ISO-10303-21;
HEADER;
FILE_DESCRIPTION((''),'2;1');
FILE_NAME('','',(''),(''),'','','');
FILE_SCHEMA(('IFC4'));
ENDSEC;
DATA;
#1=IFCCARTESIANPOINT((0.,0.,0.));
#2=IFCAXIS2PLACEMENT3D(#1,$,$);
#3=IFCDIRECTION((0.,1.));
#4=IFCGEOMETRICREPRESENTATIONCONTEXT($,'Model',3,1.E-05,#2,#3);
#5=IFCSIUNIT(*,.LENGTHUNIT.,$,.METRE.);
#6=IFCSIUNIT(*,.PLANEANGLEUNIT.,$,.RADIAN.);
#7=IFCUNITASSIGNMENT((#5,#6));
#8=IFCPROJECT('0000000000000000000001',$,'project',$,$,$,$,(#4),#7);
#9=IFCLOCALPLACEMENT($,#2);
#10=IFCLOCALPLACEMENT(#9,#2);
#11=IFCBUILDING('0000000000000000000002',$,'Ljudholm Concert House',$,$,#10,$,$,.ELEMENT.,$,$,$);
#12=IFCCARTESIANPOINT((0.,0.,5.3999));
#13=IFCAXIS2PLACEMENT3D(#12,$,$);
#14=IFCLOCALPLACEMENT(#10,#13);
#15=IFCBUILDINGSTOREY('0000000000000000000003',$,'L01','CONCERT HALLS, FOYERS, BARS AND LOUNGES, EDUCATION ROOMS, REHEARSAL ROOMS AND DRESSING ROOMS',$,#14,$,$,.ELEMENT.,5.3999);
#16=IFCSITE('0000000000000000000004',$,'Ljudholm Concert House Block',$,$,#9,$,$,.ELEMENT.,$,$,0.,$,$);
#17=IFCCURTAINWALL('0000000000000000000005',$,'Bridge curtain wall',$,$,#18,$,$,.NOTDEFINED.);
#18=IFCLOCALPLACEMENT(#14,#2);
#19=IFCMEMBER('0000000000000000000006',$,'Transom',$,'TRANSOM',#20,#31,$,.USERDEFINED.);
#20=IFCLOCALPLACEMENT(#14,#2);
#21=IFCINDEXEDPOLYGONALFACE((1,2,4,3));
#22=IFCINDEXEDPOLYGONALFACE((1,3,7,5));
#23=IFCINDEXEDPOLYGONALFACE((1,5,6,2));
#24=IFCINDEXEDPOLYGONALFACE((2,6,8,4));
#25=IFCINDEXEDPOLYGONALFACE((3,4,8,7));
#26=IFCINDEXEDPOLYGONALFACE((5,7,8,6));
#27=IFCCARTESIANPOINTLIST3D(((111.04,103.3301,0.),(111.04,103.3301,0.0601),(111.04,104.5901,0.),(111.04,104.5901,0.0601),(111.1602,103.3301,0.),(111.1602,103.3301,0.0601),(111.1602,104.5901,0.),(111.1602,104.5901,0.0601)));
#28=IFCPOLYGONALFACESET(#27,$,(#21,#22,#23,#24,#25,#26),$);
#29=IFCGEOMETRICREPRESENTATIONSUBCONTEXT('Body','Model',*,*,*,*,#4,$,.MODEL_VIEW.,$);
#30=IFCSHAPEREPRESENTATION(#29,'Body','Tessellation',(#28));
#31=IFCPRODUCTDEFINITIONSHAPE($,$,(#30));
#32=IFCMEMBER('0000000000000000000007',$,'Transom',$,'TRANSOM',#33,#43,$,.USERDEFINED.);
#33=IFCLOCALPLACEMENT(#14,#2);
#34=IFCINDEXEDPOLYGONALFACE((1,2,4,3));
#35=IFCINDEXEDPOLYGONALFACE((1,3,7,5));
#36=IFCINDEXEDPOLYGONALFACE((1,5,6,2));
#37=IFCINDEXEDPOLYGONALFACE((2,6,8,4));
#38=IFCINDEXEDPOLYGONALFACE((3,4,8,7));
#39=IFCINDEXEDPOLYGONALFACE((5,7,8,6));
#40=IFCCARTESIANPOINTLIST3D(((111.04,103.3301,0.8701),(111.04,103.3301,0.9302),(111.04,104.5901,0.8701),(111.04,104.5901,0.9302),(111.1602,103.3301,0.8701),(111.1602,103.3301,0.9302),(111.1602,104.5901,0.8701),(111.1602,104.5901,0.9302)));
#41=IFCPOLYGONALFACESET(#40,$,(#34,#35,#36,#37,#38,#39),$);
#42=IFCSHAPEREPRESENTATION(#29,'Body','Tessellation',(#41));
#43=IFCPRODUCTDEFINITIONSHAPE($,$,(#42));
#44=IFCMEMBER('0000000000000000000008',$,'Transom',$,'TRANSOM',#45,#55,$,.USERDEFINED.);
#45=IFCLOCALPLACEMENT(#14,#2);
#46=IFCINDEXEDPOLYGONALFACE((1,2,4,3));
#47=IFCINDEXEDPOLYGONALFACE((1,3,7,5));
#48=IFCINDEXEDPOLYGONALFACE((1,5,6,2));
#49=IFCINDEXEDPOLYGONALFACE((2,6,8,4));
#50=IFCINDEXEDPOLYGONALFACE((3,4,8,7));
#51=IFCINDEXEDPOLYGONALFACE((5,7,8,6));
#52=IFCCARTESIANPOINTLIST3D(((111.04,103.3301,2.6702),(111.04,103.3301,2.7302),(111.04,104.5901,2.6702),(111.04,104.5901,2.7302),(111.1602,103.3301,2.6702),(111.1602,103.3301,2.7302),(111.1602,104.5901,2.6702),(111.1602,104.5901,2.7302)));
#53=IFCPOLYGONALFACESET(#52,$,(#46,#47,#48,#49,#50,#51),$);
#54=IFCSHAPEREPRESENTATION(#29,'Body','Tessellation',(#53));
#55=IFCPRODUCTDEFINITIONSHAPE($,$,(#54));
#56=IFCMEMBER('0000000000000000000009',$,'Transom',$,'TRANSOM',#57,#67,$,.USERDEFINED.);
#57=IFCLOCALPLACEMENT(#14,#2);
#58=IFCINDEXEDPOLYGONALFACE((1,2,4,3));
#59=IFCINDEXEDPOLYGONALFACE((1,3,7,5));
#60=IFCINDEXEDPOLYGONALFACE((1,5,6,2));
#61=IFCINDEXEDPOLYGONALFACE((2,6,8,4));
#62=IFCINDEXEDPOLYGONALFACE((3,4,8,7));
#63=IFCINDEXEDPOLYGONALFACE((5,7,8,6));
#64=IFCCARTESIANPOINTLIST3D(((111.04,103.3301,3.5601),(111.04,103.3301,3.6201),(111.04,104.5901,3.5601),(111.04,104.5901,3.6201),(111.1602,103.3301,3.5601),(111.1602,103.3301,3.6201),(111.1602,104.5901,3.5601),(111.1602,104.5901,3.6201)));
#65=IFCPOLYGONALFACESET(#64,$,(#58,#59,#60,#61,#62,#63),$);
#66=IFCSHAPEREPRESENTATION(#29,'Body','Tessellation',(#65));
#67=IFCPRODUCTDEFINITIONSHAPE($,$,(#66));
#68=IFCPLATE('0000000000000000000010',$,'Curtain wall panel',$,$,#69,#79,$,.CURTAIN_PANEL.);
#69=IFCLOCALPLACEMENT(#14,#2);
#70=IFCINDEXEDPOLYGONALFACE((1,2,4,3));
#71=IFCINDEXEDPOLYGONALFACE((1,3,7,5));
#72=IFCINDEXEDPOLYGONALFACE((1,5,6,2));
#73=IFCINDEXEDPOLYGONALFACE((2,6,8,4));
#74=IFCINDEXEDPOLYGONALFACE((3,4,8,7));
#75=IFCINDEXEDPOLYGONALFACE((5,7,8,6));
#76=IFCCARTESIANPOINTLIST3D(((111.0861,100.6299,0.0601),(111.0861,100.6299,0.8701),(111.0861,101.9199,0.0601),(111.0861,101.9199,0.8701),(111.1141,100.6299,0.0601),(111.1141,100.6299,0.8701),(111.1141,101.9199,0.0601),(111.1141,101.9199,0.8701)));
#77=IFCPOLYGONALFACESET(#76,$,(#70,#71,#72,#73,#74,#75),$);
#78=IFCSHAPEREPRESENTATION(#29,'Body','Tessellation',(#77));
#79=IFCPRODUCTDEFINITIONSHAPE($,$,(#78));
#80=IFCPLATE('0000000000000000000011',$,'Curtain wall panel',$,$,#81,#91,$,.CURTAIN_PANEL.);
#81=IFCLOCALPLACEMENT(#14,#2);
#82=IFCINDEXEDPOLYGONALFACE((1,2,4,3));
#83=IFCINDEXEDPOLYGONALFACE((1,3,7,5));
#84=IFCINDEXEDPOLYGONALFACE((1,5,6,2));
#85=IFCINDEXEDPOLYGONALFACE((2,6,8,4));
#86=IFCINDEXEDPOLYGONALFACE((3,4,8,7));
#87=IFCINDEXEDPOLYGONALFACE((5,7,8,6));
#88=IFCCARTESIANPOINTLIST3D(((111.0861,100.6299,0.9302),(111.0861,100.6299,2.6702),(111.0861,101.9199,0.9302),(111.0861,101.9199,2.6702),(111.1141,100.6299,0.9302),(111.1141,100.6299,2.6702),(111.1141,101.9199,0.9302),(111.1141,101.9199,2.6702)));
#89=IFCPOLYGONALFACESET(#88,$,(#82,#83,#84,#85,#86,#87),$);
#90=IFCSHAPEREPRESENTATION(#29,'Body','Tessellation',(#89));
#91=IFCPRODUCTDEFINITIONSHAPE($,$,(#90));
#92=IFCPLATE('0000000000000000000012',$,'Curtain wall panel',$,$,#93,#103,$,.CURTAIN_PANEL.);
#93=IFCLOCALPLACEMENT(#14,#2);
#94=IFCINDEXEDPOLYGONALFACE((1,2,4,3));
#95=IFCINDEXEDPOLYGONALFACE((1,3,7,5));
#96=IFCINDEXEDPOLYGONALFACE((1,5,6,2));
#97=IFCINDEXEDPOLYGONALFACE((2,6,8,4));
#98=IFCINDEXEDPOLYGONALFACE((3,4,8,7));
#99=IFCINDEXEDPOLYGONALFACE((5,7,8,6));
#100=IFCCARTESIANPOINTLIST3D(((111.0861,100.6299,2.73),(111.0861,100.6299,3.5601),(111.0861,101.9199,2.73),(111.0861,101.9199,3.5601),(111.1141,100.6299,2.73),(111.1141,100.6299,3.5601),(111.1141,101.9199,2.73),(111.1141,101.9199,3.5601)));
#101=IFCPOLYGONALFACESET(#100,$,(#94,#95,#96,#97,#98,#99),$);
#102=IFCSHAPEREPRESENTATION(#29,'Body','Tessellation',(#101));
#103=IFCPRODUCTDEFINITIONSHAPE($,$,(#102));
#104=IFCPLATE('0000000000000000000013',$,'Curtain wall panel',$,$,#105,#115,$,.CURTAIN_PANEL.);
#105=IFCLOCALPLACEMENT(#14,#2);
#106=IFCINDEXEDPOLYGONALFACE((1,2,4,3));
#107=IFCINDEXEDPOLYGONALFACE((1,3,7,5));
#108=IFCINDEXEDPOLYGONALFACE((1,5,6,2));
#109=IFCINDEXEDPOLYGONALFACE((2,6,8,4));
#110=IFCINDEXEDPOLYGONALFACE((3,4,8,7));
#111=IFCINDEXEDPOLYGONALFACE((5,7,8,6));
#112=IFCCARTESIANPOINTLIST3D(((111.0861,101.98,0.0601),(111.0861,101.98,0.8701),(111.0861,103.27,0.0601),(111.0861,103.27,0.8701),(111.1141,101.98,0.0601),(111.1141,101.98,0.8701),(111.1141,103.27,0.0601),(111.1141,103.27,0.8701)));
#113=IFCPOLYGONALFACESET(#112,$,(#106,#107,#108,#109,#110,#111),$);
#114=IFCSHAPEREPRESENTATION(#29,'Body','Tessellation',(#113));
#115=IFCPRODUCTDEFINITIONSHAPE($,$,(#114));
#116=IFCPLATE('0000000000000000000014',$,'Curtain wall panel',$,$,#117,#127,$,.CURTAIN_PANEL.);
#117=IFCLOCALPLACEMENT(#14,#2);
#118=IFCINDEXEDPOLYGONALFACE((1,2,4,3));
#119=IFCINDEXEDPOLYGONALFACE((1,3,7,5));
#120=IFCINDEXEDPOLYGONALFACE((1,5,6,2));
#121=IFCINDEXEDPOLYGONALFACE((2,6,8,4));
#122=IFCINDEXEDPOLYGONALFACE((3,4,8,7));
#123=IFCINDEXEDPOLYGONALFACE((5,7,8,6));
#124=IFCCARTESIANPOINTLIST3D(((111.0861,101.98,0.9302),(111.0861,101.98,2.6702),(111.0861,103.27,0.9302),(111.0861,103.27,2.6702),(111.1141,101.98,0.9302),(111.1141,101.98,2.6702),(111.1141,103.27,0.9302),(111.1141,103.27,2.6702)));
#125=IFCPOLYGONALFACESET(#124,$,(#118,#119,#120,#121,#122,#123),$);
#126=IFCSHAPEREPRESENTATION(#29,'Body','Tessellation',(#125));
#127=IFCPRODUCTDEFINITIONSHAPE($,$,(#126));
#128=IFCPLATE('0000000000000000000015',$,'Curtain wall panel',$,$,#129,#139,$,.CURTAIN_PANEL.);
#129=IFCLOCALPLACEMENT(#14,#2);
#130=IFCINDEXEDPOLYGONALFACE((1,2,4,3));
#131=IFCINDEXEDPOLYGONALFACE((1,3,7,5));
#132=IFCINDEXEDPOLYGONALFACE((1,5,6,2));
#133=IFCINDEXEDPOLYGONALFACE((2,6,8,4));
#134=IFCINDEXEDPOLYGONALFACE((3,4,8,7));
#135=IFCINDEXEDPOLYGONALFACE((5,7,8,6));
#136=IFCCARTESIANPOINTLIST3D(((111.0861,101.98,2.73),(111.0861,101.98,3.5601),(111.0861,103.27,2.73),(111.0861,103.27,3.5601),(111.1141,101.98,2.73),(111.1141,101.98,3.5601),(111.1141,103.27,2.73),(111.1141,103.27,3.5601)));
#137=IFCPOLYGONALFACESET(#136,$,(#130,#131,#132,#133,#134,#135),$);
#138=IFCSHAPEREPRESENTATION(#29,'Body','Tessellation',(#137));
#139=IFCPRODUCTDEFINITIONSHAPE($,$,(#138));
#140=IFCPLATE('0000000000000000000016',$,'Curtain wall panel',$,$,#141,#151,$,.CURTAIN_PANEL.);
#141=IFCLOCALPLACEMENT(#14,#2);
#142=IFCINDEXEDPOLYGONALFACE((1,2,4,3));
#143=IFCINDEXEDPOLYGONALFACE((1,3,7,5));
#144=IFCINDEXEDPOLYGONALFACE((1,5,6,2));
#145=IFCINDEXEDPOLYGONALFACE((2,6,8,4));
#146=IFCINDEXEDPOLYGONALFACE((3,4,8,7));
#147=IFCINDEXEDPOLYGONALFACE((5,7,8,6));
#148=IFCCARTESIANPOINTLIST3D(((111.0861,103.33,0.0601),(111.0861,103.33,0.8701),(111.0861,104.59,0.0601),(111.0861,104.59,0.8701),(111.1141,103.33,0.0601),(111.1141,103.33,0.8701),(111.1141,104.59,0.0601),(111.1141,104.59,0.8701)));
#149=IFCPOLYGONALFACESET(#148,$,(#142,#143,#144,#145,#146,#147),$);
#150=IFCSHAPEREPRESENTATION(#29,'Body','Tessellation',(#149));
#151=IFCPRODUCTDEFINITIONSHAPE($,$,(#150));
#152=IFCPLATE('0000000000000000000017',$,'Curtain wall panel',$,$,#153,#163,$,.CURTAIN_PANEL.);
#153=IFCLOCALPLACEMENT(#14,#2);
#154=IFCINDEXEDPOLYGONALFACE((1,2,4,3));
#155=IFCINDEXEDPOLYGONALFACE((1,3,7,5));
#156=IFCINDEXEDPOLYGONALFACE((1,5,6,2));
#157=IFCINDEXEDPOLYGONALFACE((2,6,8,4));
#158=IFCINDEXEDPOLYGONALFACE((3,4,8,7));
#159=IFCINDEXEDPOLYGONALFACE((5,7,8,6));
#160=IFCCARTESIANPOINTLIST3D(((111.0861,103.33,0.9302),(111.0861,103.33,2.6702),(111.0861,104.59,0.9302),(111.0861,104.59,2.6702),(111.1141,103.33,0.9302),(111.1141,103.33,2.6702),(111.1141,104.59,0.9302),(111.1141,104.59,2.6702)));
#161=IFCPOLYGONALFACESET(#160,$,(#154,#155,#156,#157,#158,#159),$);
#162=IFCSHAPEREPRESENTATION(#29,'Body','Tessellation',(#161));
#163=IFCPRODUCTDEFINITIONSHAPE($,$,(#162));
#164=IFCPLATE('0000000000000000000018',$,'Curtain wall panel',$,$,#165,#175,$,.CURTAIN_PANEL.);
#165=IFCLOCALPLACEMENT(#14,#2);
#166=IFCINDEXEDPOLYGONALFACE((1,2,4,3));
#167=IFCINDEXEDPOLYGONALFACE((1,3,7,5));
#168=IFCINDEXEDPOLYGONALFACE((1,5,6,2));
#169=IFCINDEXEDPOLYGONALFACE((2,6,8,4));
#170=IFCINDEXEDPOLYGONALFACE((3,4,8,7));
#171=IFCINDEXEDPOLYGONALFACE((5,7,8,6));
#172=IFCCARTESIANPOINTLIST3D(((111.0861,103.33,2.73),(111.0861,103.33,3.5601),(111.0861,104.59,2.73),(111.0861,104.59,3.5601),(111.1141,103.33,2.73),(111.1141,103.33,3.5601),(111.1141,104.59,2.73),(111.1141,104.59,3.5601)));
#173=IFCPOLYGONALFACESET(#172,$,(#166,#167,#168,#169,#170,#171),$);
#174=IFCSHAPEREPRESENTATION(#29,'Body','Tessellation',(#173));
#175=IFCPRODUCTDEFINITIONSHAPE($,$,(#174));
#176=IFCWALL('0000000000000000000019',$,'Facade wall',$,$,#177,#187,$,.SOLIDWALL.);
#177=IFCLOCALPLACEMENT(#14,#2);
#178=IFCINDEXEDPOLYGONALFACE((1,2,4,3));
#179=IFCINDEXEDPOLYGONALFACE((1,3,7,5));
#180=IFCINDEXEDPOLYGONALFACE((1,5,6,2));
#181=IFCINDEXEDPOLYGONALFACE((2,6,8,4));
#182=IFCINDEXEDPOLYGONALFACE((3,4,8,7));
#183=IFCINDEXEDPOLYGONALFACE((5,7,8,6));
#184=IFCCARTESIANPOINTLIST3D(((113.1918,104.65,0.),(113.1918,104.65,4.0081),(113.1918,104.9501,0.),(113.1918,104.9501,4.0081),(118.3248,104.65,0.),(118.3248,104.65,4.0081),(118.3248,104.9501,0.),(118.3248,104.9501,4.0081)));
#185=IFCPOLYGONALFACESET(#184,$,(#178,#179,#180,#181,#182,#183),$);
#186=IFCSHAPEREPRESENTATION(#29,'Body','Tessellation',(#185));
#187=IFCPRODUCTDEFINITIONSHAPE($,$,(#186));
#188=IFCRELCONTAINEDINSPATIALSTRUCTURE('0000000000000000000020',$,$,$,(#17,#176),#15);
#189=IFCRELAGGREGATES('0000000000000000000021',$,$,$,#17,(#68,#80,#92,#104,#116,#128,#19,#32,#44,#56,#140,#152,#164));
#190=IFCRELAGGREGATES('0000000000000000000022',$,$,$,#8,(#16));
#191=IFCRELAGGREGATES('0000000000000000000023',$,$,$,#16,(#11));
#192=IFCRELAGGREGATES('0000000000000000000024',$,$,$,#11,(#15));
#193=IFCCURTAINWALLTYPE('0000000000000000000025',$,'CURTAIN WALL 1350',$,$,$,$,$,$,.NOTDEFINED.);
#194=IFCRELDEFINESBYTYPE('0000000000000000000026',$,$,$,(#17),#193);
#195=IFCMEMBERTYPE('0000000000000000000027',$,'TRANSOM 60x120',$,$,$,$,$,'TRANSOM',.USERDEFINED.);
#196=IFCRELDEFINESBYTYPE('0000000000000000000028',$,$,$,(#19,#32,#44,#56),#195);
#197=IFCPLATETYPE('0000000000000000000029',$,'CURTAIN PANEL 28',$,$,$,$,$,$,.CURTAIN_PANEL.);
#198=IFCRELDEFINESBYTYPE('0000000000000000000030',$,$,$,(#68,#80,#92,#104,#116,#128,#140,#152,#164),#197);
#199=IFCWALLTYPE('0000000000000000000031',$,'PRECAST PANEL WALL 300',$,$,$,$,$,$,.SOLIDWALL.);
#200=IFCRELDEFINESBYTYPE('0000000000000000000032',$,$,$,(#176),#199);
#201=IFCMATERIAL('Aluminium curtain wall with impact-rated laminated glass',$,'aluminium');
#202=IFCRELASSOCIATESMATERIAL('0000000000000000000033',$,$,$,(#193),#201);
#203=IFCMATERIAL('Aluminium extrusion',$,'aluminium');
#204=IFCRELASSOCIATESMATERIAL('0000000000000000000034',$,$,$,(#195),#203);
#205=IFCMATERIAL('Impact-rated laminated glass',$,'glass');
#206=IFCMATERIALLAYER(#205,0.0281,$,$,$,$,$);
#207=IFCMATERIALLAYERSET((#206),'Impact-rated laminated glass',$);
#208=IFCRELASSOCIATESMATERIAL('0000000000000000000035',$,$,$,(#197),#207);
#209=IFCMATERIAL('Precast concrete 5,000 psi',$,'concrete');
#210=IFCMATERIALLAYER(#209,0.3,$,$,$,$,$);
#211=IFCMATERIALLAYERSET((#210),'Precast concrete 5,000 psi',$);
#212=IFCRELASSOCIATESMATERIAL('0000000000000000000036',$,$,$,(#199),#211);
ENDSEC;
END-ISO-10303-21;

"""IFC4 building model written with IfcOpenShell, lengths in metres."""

from ifc_helpers import new_model, si_unit, direction, frame, frame_2d, origin, origin_2d, place, context, subcontext, project, spatial, rectangle, extrude, material, layer, layer_set, material_profile, profile_set, type_object, element, aggregate, save


model = new_model("IFC4")

# Units and contexts
model_context = context("Model", 3, precision=1e-05, world=origin(), true_north=direction((0.0, 1.0)))
body_context = subcontext(model_context, "Body", "Model", "MODEL_VIEW")
ifc_project = project(units=[si_unit("LENGTHUNIT", "METRE"), si_unit("PLANEANGLEUNIT", "RADIAN")], contexts=[model_context])

# Site, building, storey
site_placement = place(None, origin())
site = spatial("IfcSite", under=ifc_project, at=site_placement, Name="Ljudholm Concert House Block", CompositionType="ELEMENT", RefElevation=0.0)
building_placement = place(site_placement, origin())
building = spatial("IfcBuilding", under=site, at=building_placement, Name="Ljudholm Concert House", CompositionType="ELEMENT")
storey_placement = place(building_placement, frame((0.0, 0.0, 5.3999)))
storey = spatial("IfcBuildingStorey", under=building, at=storey_placement, Name="L01", Description="CONCERT HALLS, FOYERS, BARS AND LOUNGES, EDUCATION ROOMS, REHEARSAL ROOMS AND DRESSING ROOMS", CompositionType="ELEMENT", Elevation=5.3999)

# Curtain wall, members, plates
ifc_material_1 = material(Name="Aluminium curtain wall with impact-rated laminated glass", Category="aluminium")
curtain_wall_type = type_object("IfcCurtainWallType", Name="CURTAIN WALL 1350", PredefinedType="NOTDEFINED", material=ifc_material_1)
curtain_wall_placement = place(storey_placement, origin())
curtain_wall = element("IfcCurtainWall", 1, at=curtain_wall_placement, inside=storey, type_object=curtain_wall_type, Name="Bridge curtain wall", PredefinedType="NOTDEFINED")
ifc_material_2 = material(Name="Aluminium extrusion", Category="aluminium")
ifc_material_profile_1 = material_profile(ifc_material_2, rectangle(XDim=0.1201, YDim=0.0601, at=origin_2d()), Name="TRANSOM 60x120")
ifc_profile_set_1 = profile_set([ifc_material_profile_1], Name="Aluminium extrusion")
member_type_1 = type_object("IfcMemberType", Name="TRANSOM 60x120", ElementType="TRANSOM", PredefinedType="USERDEFINED", material=ifc_profile_set_1)
member_1_placement = place(storey_placement, frame((111.1001, 103.3301, 0.03), z_axis=(0.0, 1.0, 0.0), x_axis=(-1.0, 0.0, 0.0)))
member_1 = element("IfcMember", 2, at=member_1_placement, type_object=member_type_1, Name="Transom", ObjectType="TRANSOM", PredefinedType="USERDEFINED", context=body_context, shape_type="SweptSolid", body=[
    extrude(rectangle(XDim=0.1201, YDim=0.0601, at=origin_2d()), origin(), (0.0, 0.0, 1.0), 1.26),
])
member_2_placement = place(storey_placement, frame((111.1001, 103.3301, 0.9001), z_axis=(0.0, 1.0, 0.0), x_axis=(-1.0, 0.0, 0.0)))
member_2 = element("IfcMember", 3, at=member_2_placement, type_object=member_type_1, Name="Transom", ObjectType="TRANSOM", PredefinedType="USERDEFINED", context=body_context, shape_type="SweptSolid", body=[
    extrude(rectangle(XDim=0.1201, YDim=0.0601, at=origin_2d()), origin(), (0.0, 0.0, 1.0), 1.26),
])
member_3_placement = place(storey_placement, frame((111.1001, 103.3301, 2.7002), z_axis=(0.0, 1.0, 0.0), x_axis=(-1.0, 0.0, 0.0)))
member_3 = element("IfcMember", 4, at=member_3_placement, type_object=member_type_1, Name="Transom", ObjectType="TRANSOM", PredefinedType="USERDEFINED", context=body_context, shape_type="SweptSolid", body=[
    extrude(rectangle(XDim=0.1201, YDim=0.0601, at=origin_2d()), origin(), (0.0, 0.0, 1.0), 1.26),
])
member_4_placement = place(storey_placement, frame((111.1001, 103.3301, 3.5901), z_axis=(0.0, 1.0, 0.0), x_axis=(-1.0, 0.0, 0.0)))
member_4 = element("IfcMember", 5, at=member_4_placement, type_object=member_type_1, Name="Transom", ObjectType="TRANSOM", PredefinedType="USERDEFINED", context=body_context, shape_type="SweptSolid", body=[
    extrude(rectangle(XDim=0.1201, YDim=0.0601, at=origin_2d()), origin(), (0.0, 0.0, 1.0), 1.26),
])
ifc_material_3 = material(Name="Impact-rated laminated glass", Category="glass")
ifc_layer_1 = layer(ifc_material_3, 0.0281)
ifc_layer_set_1 = layer_set([ifc_layer_1], Name="Impact-rated laminated glass")
plate_type = type_object("IfcPlateType", Name="CURTAIN PANEL 28", PredefinedType="CURTAIN_PANEL", material=ifc_layer_set_1)
plate_1_placement = place(storey_placement, frame((111.1001, 101.2749, 0.0601), z_axis=(0.0, 0.0, 1.0), x_axis=(0.0, 1.0, 0.0)))
plate_1 = element("IfcPlate", 6, at=plate_1_placement, type_object=plate_type, Name="Curtain wall panel", PredefinedType="CURTAIN_PANEL", context=body_context, shape_type="SweptSolid", body=[
    extrude(rectangle(XDim=1.29, YDim=0.0281, at=origin_2d()), origin(), (0.0, 0.0, 1.0), 0.8101),
])
plate_2_placement = place(storey_placement, frame((111.1001, 101.2749, 0.9302), z_axis=(0.0, 0.0, 1.0), x_axis=(0.0, 1.0, 0.0)))
plate_2 = element("IfcPlate", 7, at=plate_2_placement, type_object=plate_type, Name="Curtain wall panel", PredefinedType="CURTAIN_PANEL", context=body_context, shape_type="SweptSolid", body=[
    extrude(rectangle(XDim=1.29, YDim=0.0281, at=origin_2d()), origin(), (0.0, 0.0, 1.0), 1.74),
])
plate_3_placement = place(storey_placement, frame((111.1001, 101.2749, 2.73), z_axis=(0.0, 0.0, 1.0), x_axis=(0.0, 1.0, 0.0)))
plate_3 = element("IfcPlate", 8, at=plate_3_placement, type_object=plate_type, Name="Curtain wall panel", PredefinedType="CURTAIN_PANEL", context=body_context, shape_type="SweptSolid", body=[
    extrude(rectangle(XDim=1.29, YDim=0.0281, at=origin_2d()), origin(), (0.0, 0.0, 1.0), 0.8301),
])
plate_4_placement = place(storey_placement, frame((111.1001, 102.625, 0.0601), z_axis=(0.0, 0.0, 1.0), x_axis=(0.0, 1.0, 0.0)))
plate_4 = element("IfcPlate", 9, at=plate_4_placement, type_object=plate_type, Name="Curtain wall panel", PredefinedType="CURTAIN_PANEL", context=body_context, shape_type="SweptSolid", body=[
    extrude(rectangle(XDim=1.29, YDim=0.0281, at=origin_2d()), origin(), (0.0, 0.0, 1.0), 0.8101),
])
plate_5_placement = place(storey_placement, frame((111.1001, 102.625, 0.9302), z_axis=(0.0, 0.0, 1.0), x_axis=(0.0, 1.0, 0.0)))
plate_5 = element("IfcPlate", 10, at=plate_5_placement, type_object=plate_type, Name="Curtain wall panel", PredefinedType="CURTAIN_PANEL", context=body_context, shape_type="SweptSolid", body=[
    extrude(rectangle(XDim=1.29, YDim=0.0281, at=origin_2d()), origin(), (0.0, 0.0, 1.0), 1.74),
])
plate_6_placement = place(storey_placement, frame((111.1001, 102.625, 2.73), z_axis=(0.0, 0.0, 1.0), x_axis=(0.0, 1.0, 0.0)))
plate_6 = element("IfcPlate", 11, at=plate_6_placement, type_object=plate_type, Name="Curtain wall panel", PredefinedType="CURTAIN_PANEL", context=body_context, shape_type="SweptSolid", body=[
    extrude(rectangle(XDim=1.29, YDim=0.0281, at=origin_2d()), origin(), (0.0, 0.0, 1.0), 0.8301),
])
plate_7_placement = place(storey_placement, frame((111.1001, 103.96, 0.0601), z_axis=(0.0, 0.0, 1.0), x_axis=(0.0, 1.0, 0.0)))
plate_7 = element("IfcPlate", 12, at=plate_7_placement, type_object=plate_type, Name="Curtain wall panel", PredefinedType="CURTAIN_PANEL", context=body_context, shape_type="SweptSolid", body=[
    extrude(rectangle(XDim=1.26, YDim=0.0281, at=origin_2d()), origin(), (0.0, 0.0, 1.0), 0.8101),
])
plate_8_placement = place(storey_placement, frame((111.1001, 103.96, 0.9302), z_axis=(0.0, 0.0, 1.0), x_axis=(0.0, 1.0, 0.0)))
plate_8 = element("IfcPlate", 13, at=plate_8_placement, type_object=plate_type, Name="Curtain wall panel", PredefinedType="CURTAIN_PANEL", context=body_context, shape_type="SweptSolid", body=[
    extrude(rectangle(XDim=1.26, YDim=0.0281, at=origin_2d()), origin(), (0.0, 0.0, 1.0), 1.74),
])
plate_9_placement = place(storey_placement, frame((111.1001, 103.96, 2.73), z_axis=(0.0, 0.0, 1.0), x_axis=(0.0, 1.0, 0.0)))
plate_9 = element("IfcPlate", 14, at=plate_9_placement, type_object=plate_type, Name="Curtain wall panel", PredefinedType="CURTAIN_PANEL", context=body_context, shape_type="SweptSolid", body=[
    extrude(rectangle(XDim=1.26, YDim=0.0281, at=origin_2d()), origin(), (0.0, 0.0, 1.0), 0.8301),
])
aggregate(curtain_wall, [plate_1, plate_2, plate_3, plate_4, plate_5, plate_6, member_1, member_2, member_3, member_4, plate_7, plate_8, plate_9])

# Wall
ifc_material_4 = material(Name="Precast concrete 5,000 psi", Category="concrete")
ifc_layer_2 = layer(ifc_material_4, 0.3)
ifc_layer_set_2 = layer_set([ifc_layer_2], Name="Precast concrete 5,000 psi")
wall_type = type_object("IfcWallType", Name="PRECAST PANEL WALL 300", PredefinedType="SOLIDWALL", material=ifc_layer_set_2)
wall_placement = place(storey_placement, frame((113.1919, 104.8, 0.0), z_axis=(0.0, 0.0, 1.0), x_axis=(1.0, 0.0, 0.0)))
element("IfcWall", 15, at=wall_placement, inside=storey, type_object=wall_type, Name="Facade wall", PredefinedType="SOLIDWALL", context=body_context, shape_type="SweptSolid", body=[
    extrude(rectangle(XDim=5.1331, YDim=0.3, at=frame_2d((2.5664, 0.0))), origin(), (0.0, 0.0, 1.0), 4.0081),
])

save(model, "model.ifc")
